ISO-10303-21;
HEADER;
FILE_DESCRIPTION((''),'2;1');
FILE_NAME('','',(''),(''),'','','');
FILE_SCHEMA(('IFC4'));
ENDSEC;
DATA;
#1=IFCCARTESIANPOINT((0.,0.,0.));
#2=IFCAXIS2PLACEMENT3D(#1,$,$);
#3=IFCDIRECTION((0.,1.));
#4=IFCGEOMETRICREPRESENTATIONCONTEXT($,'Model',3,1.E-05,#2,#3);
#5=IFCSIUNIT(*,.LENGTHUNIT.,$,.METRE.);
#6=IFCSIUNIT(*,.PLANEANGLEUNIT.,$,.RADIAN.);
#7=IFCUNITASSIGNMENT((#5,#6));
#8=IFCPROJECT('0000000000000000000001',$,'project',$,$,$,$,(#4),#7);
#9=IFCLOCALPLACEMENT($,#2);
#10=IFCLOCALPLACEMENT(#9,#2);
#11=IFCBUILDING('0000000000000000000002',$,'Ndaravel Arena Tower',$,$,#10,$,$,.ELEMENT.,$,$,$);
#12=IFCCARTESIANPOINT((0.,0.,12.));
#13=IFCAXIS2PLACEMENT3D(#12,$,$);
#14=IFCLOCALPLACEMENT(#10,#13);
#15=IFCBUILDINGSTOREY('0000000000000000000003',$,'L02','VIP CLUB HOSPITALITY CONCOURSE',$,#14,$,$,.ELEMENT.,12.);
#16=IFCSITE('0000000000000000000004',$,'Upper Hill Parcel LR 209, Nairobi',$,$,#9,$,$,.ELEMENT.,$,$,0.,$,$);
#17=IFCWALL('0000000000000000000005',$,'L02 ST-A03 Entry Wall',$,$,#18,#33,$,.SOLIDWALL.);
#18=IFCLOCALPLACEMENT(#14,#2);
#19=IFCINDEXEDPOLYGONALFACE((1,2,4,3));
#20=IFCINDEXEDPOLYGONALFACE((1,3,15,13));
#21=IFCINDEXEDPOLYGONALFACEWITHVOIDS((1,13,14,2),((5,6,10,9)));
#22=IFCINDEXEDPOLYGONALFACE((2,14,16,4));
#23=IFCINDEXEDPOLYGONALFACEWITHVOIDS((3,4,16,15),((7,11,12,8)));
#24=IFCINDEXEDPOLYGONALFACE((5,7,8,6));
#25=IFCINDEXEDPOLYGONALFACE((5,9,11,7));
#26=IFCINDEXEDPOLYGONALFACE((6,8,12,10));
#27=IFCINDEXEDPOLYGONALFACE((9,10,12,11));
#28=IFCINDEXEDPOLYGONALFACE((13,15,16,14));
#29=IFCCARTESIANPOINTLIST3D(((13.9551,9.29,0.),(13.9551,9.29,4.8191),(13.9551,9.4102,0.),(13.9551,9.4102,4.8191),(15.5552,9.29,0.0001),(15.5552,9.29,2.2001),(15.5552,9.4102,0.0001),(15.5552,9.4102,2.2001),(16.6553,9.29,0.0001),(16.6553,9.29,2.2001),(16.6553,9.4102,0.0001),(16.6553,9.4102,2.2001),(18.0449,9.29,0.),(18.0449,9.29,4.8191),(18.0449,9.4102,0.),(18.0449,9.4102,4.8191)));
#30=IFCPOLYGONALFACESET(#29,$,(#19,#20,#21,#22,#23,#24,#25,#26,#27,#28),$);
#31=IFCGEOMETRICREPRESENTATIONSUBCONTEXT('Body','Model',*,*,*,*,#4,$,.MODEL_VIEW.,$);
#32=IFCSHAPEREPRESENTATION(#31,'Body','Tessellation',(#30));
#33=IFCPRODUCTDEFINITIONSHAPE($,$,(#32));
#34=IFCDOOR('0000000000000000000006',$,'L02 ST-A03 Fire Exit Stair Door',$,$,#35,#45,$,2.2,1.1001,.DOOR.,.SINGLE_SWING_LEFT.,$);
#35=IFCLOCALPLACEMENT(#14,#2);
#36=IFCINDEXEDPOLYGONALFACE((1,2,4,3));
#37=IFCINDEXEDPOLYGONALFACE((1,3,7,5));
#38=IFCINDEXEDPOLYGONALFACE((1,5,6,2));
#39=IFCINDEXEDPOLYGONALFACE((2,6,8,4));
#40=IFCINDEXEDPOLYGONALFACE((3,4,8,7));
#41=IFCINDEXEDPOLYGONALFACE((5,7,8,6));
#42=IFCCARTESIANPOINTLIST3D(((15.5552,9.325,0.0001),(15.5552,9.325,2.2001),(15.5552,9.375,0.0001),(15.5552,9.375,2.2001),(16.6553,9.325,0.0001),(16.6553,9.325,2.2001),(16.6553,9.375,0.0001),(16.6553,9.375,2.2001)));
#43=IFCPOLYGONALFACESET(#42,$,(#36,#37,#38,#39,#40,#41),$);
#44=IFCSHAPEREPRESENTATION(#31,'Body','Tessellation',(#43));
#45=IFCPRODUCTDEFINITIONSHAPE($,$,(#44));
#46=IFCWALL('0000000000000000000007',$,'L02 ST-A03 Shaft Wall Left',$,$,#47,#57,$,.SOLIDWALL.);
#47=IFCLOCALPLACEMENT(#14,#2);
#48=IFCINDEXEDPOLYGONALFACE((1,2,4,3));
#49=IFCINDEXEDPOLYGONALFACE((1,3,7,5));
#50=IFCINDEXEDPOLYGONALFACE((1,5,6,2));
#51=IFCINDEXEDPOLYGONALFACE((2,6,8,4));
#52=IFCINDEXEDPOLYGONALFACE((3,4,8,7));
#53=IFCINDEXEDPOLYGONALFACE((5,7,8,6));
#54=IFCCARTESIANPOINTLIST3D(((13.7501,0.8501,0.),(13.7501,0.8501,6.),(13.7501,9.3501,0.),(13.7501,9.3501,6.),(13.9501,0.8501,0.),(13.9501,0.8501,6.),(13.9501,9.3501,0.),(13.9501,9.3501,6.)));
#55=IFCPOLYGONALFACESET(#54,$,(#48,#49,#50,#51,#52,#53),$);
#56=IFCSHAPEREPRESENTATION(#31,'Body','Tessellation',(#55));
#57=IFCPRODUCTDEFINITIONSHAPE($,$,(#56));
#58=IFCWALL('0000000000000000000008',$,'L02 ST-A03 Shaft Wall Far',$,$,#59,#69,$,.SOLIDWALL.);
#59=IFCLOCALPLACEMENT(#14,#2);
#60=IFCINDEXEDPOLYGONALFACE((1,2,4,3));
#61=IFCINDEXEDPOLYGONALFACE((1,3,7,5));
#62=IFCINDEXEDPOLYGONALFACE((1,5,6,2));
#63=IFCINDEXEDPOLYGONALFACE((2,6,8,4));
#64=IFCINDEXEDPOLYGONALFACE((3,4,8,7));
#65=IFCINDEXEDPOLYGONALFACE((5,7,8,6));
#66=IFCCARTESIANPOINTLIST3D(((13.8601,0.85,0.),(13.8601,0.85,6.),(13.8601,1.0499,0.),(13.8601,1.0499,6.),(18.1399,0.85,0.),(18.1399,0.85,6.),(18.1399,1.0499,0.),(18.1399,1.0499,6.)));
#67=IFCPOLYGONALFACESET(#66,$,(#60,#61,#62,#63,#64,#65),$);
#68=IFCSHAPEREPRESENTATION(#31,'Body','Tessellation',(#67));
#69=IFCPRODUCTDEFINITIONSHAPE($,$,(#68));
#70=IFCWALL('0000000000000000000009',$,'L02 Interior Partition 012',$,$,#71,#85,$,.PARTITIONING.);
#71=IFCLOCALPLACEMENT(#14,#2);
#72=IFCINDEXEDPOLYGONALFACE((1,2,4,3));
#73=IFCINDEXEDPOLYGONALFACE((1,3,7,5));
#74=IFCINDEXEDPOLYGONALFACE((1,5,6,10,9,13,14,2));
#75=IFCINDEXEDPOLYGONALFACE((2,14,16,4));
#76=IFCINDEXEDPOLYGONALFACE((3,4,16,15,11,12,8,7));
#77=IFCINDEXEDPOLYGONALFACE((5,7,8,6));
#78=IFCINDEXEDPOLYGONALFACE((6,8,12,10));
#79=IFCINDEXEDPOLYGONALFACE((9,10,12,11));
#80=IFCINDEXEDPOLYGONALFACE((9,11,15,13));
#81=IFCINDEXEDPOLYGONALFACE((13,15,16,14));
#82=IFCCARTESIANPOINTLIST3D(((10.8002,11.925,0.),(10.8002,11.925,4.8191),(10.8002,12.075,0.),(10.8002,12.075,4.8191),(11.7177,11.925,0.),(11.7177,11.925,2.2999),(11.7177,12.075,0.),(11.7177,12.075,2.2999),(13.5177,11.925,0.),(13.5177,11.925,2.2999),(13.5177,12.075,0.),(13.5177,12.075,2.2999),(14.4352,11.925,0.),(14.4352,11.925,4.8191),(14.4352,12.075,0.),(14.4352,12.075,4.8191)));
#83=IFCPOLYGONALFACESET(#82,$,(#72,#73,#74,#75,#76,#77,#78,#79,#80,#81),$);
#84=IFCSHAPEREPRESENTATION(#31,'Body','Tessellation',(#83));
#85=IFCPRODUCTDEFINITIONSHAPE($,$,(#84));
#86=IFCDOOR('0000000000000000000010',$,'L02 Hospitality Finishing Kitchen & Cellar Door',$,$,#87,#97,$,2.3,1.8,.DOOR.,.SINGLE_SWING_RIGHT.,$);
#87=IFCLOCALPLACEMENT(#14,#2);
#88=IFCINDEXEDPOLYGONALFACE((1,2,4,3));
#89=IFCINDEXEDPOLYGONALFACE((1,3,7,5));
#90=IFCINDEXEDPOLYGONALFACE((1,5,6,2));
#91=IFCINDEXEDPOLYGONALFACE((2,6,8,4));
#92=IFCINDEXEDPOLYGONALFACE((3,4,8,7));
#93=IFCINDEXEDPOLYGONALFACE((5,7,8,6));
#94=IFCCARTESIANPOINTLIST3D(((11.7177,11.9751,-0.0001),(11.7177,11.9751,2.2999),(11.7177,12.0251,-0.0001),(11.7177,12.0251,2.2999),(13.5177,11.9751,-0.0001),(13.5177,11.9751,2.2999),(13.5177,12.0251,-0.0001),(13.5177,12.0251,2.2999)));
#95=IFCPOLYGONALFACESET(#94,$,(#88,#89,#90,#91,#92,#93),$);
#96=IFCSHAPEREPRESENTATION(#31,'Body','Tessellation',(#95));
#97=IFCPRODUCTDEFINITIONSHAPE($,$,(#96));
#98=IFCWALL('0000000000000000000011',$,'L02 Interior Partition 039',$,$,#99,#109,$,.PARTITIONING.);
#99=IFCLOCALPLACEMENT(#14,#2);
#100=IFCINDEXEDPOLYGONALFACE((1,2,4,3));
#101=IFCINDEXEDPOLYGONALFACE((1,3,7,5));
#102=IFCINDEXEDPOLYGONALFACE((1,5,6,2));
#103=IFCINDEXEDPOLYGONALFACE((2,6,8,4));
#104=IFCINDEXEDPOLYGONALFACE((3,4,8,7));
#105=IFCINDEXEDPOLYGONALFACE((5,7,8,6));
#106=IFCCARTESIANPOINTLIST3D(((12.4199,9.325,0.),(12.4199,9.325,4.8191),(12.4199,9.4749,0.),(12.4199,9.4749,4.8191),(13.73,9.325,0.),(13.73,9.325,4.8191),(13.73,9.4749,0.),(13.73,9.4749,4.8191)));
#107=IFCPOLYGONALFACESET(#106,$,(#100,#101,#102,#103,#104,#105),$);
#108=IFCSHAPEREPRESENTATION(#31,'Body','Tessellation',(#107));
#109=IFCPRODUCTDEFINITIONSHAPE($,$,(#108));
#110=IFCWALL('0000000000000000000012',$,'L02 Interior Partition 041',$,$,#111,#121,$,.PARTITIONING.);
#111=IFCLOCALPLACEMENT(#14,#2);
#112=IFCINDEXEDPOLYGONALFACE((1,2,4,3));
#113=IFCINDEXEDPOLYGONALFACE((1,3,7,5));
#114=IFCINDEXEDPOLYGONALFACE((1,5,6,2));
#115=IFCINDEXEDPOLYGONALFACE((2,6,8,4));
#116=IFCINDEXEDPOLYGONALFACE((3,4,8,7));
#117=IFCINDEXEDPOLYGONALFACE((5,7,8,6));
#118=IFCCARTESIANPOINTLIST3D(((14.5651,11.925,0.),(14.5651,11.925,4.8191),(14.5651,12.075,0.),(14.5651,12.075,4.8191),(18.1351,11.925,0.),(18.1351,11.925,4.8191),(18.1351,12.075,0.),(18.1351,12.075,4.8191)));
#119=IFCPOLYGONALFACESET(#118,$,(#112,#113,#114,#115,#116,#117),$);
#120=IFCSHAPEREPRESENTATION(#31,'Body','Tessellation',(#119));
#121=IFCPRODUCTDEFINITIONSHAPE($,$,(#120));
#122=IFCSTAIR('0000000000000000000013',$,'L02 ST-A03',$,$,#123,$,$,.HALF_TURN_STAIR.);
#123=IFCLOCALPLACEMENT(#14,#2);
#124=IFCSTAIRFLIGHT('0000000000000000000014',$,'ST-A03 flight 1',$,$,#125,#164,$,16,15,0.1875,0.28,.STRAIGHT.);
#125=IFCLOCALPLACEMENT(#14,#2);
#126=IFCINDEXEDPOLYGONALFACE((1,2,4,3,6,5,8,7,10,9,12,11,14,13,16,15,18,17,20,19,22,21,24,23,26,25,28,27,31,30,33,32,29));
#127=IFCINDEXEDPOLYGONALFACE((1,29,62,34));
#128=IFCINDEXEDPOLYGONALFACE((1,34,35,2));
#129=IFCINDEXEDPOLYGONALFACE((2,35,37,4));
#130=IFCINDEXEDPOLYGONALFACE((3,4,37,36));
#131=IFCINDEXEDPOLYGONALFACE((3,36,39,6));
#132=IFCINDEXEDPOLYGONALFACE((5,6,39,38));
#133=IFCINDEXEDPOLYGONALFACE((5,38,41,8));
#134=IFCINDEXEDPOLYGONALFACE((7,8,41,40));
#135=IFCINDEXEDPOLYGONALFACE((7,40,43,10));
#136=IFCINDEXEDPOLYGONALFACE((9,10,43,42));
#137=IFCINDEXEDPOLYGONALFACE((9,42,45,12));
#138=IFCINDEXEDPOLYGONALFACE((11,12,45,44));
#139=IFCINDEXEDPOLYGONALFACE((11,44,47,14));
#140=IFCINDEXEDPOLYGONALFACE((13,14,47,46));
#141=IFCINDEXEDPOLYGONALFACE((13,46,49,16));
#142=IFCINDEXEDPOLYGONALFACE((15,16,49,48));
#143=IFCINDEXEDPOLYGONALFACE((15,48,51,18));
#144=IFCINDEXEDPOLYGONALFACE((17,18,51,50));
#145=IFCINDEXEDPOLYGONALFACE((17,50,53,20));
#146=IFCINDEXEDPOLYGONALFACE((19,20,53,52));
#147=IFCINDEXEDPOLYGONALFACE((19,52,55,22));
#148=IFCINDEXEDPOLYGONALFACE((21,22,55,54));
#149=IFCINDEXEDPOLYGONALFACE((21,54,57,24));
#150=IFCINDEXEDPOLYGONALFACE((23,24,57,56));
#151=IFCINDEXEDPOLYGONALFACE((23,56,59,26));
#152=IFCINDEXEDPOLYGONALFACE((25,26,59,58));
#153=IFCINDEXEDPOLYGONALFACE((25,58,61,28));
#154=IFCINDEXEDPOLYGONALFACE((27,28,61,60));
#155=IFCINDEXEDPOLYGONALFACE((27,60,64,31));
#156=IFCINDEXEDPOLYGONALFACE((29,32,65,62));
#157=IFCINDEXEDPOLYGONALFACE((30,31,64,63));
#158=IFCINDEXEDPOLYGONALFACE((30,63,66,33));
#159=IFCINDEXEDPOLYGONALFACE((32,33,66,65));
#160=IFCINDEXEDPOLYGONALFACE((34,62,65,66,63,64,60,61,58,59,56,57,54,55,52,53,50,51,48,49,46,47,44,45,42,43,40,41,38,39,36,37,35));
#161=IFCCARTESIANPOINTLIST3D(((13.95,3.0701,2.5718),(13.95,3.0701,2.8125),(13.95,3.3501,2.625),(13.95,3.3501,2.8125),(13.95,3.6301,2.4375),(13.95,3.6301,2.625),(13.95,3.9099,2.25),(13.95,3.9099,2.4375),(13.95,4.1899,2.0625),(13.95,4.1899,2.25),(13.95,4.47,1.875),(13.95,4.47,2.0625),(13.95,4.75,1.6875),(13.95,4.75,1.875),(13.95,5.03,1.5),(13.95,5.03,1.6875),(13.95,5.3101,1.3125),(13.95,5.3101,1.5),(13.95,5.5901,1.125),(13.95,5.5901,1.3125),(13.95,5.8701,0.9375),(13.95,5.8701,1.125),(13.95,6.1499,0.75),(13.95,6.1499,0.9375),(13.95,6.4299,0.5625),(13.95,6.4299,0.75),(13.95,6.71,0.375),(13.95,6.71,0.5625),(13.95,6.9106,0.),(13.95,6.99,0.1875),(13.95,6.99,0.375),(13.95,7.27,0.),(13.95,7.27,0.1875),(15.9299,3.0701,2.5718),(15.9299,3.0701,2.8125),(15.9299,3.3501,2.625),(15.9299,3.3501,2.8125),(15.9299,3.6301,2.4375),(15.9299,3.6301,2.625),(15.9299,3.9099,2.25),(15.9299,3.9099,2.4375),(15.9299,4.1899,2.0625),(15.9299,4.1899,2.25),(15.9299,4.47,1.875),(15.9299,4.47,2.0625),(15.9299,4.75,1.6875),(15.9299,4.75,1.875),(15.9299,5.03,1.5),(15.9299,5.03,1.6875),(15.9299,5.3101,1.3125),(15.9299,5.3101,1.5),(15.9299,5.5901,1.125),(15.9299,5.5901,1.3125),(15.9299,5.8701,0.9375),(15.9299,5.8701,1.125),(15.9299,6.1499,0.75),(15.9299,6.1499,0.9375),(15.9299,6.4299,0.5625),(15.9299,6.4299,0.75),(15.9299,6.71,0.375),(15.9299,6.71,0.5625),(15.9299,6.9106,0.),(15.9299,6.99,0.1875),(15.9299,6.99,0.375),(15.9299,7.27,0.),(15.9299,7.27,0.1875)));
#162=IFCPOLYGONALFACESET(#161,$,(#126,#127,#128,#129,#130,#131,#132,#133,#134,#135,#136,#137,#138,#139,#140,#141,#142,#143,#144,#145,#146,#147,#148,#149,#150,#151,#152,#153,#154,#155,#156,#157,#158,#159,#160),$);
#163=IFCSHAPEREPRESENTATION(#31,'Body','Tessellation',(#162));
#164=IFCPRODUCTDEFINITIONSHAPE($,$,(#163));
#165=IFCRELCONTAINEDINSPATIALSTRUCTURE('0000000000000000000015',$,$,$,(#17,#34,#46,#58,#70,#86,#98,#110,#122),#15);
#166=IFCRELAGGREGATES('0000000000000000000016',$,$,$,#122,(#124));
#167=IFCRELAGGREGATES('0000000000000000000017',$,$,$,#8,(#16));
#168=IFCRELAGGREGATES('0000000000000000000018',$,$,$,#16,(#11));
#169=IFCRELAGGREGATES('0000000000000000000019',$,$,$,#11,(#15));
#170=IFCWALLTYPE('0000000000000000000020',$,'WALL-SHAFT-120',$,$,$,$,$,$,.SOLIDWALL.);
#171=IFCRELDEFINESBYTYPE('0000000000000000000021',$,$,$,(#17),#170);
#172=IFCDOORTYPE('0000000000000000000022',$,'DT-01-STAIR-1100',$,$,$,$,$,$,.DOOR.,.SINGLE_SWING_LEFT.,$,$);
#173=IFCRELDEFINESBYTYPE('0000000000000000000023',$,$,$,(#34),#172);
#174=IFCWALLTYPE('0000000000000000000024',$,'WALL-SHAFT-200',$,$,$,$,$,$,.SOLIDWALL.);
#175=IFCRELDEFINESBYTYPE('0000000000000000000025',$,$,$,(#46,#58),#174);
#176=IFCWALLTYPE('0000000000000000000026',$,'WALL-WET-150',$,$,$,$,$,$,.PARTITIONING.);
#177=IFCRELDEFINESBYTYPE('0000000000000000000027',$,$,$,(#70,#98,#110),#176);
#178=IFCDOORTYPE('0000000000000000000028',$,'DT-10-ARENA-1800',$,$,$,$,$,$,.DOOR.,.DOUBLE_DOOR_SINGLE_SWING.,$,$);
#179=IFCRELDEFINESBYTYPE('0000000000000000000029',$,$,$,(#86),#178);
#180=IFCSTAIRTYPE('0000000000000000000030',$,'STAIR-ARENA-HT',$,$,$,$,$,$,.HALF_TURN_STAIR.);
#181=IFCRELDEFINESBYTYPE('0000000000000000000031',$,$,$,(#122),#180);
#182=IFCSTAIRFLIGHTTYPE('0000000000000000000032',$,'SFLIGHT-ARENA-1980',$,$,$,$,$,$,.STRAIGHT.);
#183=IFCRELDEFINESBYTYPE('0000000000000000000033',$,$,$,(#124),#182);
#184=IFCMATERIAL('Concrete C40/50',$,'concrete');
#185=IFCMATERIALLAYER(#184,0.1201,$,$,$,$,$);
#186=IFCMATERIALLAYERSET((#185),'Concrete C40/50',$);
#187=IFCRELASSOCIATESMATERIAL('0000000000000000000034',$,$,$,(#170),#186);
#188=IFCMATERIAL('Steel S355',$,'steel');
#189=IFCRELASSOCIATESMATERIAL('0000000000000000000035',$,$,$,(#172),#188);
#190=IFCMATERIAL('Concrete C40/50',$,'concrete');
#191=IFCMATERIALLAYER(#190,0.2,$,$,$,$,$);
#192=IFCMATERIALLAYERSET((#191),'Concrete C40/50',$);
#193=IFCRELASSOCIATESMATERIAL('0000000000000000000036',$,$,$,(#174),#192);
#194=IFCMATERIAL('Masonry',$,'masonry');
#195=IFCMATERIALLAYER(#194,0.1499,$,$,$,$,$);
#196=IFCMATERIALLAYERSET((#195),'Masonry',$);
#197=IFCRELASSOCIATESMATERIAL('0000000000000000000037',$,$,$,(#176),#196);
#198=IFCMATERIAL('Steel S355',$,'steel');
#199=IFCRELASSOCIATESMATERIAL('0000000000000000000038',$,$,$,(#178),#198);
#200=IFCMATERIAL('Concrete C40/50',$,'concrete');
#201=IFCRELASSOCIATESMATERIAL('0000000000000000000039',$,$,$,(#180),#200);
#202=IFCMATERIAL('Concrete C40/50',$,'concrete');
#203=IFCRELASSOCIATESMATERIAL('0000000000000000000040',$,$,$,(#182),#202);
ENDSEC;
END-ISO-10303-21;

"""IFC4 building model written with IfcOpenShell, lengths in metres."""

from ifc_helpers import new_model, si_unit, direction, frame, frame_2d, origin, place, context, subcontext, project, spatial, polyline, rectangle, outline, extrude, material, layer, layer_set, type_object, element, fill, aggregate, save


model = new_model("IFC4")

# Units and contexts
model_context = context("Model", 3, precision=1e-05, world=origin(), true_north=direction((0.0, 1.0)))
body_context = subcontext(model_context, "Body", "Model", "MODEL_VIEW")
ifc_project = project(units=[si_unit("LENGTHUNIT", "METRE"), si_unit("PLANEANGLEUNIT", "RADIAN")], contexts=[model_context])

# Site, building, storey
site_placement = place(None, origin())
site = spatial("IfcSite", under=ifc_project, at=site_placement, Name="Upper Hill Parcel LR 209, Nairobi", CompositionType="ELEMENT", RefElevation=0.0)
building_placement = place(site_placement, origin())
building = spatial("IfcBuilding", under=site, at=building_placement, Name="Ndaravel Arena Tower", CompositionType="ELEMENT")
storey_placement = place(building_placement, frame((0.0, 0.0, 12.0)))
storey = spatial("IfcBuildingStorey", under=building, at=storey_placement, Name="L02", Description="VIP CLUB HOSPITALITY CONCOURSE", CompositionType="ELEMENT", Elevation=12.0)

# Wall, opening, door
ifc_material_1 = material(Name="Concrete C40/50", Category="concrete")
ifc_layer_1 = layer(ifc_material_1, 0.1201)
ifc_layer_set_1 = layer_set([ifc_layer_1], Name="Concrete C40/50")
wall_type_1 = type_object("IfcWallType", Name="WALL-SHAFT-120", PredefinedType="SOLIDWALL", material=ifc_layer_set_1)
wall_1_placement = place(storey_placement, frame((13.9551, 9.3501, 0.0), z_axis=(0.0, 0.0, 1.0), x_axis=(1.0, 0.0, 0.0)))
wall_1 = element("IfcWall", 1, at=wall_1_placement, inside=storey, type_object=wall_type_1, Name="L02 ST-A03 Entry Wall", PredefinedType="SOLIDWALL", context=body_context, shape_type="SweptSolid", body=[
    extrude(rectangle(XDim=4.0898, YDim=0.1201, at=frame_2d((2.0449, 0.0))), origin(), (0.0, 0.0, 1.0), 4.8191),
])
opening_1_placement = place(wall_1_placement, frame((1.6001, 0.0, 0.0)))
opening_1 = element("IfcOpeningElement", 2, at=opening_1_placement, cuts=wall_1, PredefinedType="OPENING", context=body_context, shape_type="SweptSolid", body=[
    extrude(rectangle(XDim=1.1001, YDim=2.2, at=frame_2d((0.55, 1.1001))), frame((0.0, 0.0601, 0.0), z_axis=(0.0, -1.0, 0.0), x_axis=(1.0, 0.0, 0.0)), (0.0, 0.0, 1.0), 0.1201),
])
ifc_material_2 = material(Name="Steel S355", Category="steel")
door_type_1 = type_object("IfcDoorType", Name="DT-01-STAIR-1100", OperationType="SINGLE_SWING_LEFT", PredefinedType="DOOR", material=ifc_material_2)
door_1_placement = place(opening_1_placement, origin())
door_1 = element("IfcDoor", 3, at=door_1_placement, inside=storey, type_object=door_type_1, Name="L02 ST-A03 Fire Exit Stair Door", OperationType="SINGLE_SWING_LEFT", OverallHeight=2.2, OverallWidth=1.1001, PredefinedType="DOOR", context=body_context, shape_type="SweptSolid", body=[
    extrude(rectangle(XDim=1.1001, YDim=2.2, at=frame_2d((0.55, 1.1001))), frame((0.0, 0.0249, 0.0), z_axis=(0.0, -1.0, 0.0), x_axis=(1.0, 0.0, 0.0)), (0.0, 0.0, 1.0), 0.05),
])
fill(opening_1, door_1)

# Walls
ifc_material_3 = material(Name="Concrete C40/50", Category="concrete")
ifc_layer_2 = layer(ifc_material_3, 0.2)
ifc_layer_set_2 = layer_set([ifc_layer_2], Name="Concrete C40/50")
wall_type_2 = type_object("IfcWallType", Name="WALL-SHAFT-200", PredefinedType="SOLIDWALL", material=ifc_layer_set_2)
wall_2_placement = place(storey_placement, frame((13.8501, 9.3501, 0.0), z_axis=(0.0, 0.0, 1.0), x_axis=(0.0, -1.0, 0.0)))
element("IfcWall", 4, at=wall_2_placement, inside=storey, type_object=wall_type_2, Name="L02 ST-A03 Shaft Wall Left", PredefinedType="SOLIDWALL", context=body_context, shape_type="SweptSolid", body=[
    extrude(rectangle(XDim=8.5, YDim=0.2, at=frame_2d((4.25, 0.0))), origin(), (0.0, 0.0, 1.0), 6.0),
])
wall_3_placement = place(storey_placement, frame((13.8601, 0.95, 0.0), z_axis=(0.0, 0.0, 1.0), x_axis=(1.0, 0.0, 0.0)))
element("IfcWall", 5, at=wall_3_placement, inside=storey, type_object=wall_type_2, Name="L02 ST-A03 Shaft Wall Far", PredefinedType="SOLIDWALL", context=body_context, shape_type="SweptSolid", body=[
    extrude(rectangle(XDim=4.2798, YDim=0.2, at=frame_2d((2.1399, 0.0))), origin(), (0.0, 0.0, 1.0), 6.0),
])

# Wall, opening, door
ifc_material_4 = material(Name="Masonry", Category="masonry")
ifc_layer_3 = layer(ifc_material_4, 0.1499)
ifc_layer_set_3 = layer_set([ifc_layer_3], Name="Masonry")
wall_type_3 = type_object("IfcWallType", Name="WALL-WET-150", PredefinedType="PARTITIONING", material=ifc_layer_set_3)
wall_4_placement = place(storey_placement, frame((14.4351, 12.0, 0.0), z_axis=(0.0, 0.0, 1.0), x_axis=(-1.0, 0.0, 0.0)))
wall_4 = element("IfcWall", 6, at=wall_4_placement, inside=storey, type_object=wall_type_3, Name="L02 Interior Partition 012", PredefinedType="PARTITIONING", context=body_context, shape_type="SweptSolid", body=[
    extrude(rectangle(XDim=3.635, YDim=0.1499, at=frame_2d((1.8174, 0.0))), origin(), (0.0, 0.0, 1.0), 4.8191),
])
opening_2_placement = place(wall_4_placement, frame((0.9175, 0.0, 0.0)))
opening_2 = element("IfcOpeningElement", 7, at=opening_2_placement, cuts=wall_4, PredefinedType="OPENING", context=body_context, shape_type="SweptSolid", body=[
    extrude(rectangle(XDim=1.8, YDim=2.3, at=frame_2d((0.8999, 1.1499))), frame((0.0, 0.075, 0.0), z_axis=(0.0, -1.0, 0.0), x_axis=(1.0, 0.0, 0.0)), (0.0, 0.0, 1.0), 0.1499),
])
ifc_material_5 = material(Name="Steel S355", Category="steel")
door_type_2 = type_object("IfcDoorType", Name="DT-10-ARENA-1800", OperationType="DOUBLE_DOOR_SINGLE_SWING", PredefinedType="DOOR", material=ifc_material_5)
door_2_placement = place(opening_2_placement, origin())
door_2 = element("IfcDoor", 8, at=door_2_placement, inside=storey, type_object=door_type_2, Name="L02 Hospitality Finishing Kitchen & Cellar Door", OperationType="SINGLE_SWING_RIGHT", OverallHeight=2.3, OverallWidth=1.8, PredefinedType="DOOR", context=body_context, shape_type="SweptSolid", body=[
    extrude(rectangle(XDim=1.8, YDim=2.3, at=frame_2d((0.8999, 1.1499))), frame((0.0, 0.0249, 0.0), z_axis=(0.0, -1.0, 0.0), x_axis=(1.0, 0.0, 0.0)), (0.0, 0.0, 1.0), 0.05),
])
fill(opening_2, door_2)

# Walls
wall_5_placement = place(storey_placement, frame((13.73, 9.3999, 0.0), z_axis=(0.0, 0.0, 1.0), x_axis=(-1.0, 0.0, 0.0)))
element("IfcWall", 9, at=wall_5_placement, inside=storey, type_object=wall_type_3, Name="L02 Interior Partition 039", PredefinedType="PARTITIONING", context=body_context, shape_type="SweptSolid", body=[
    extrude(rectangle(XDim=1.3101, YDim=0.1499, at=frame_2d((0.655, 0.0))), origin(), (0.0, 0.0, 1.0), 4.8191),
])
wall_6_placement = place(storey_placement, frame((14.5649, 12.0, 0.0), z_axis=(0.0, 0.0, 1.0), x_axis=(1.0, 0.0, 0.0)))
element("IfcWall", 10, at=wall_6_placement, inside=storey, type_object=wall_type_3, Name="L02 Interior Partition 041", PredefinedType="PARTITIONING", context=body_context, shape_type="SweptSolid", body=[
    extrude(rectangle(XDim=3.5701, YDim=0.1499, at=frame_2d((1.7852, 0.0))), origin(), (0.0, 0.0, 1.0), 4.8191),
])

# Stair, stair flight
ifc_material_6 = material(Name="Concrete C40/50", Category="concrete")
stair_type = type_object("IfcStairType", Name="STAIR-ARENA-HT", PredefinedType="HALF_TURN_STAIR", material=ifc_material_6)
stair_placement = place(storey_placement, origin())
stair = element("IfcStair", 11, at=stair_placement, inside=storey, type_object=stair_type, Name="L02 ST-A03", PredefinedType="HALF_TURN_STAIR")
ifc_material_7 = material(Name="Concrete C40/50", Category="concrete")
stair_flight_type = type_object("IfcStairFlightType", Name="SFLIGHT-ARENA-1980", PredefinedType="STRAIGHT", material=ifc_material_7)
stair_flight_1_placement = place(storey_placement, frame((14.9399, 7.27, 0.0), z_axis=(0.0, 0.0, 1.0), x_axis=(0.0, -1.0, 0.0)))
stair_flight_1 = element("IfcStairFlight", 12, at=stair_flight_1_placement, type_object=stair_flight_type, Name="ST-A03 flight 1", NumberOfRisers=16, NumberOfTreads=15, PredefinedType="STRAIGHT", RiserHeight=0.1875, TreadLength=0.28, context=body_context, shape_type="SweptSolid", body=[
    extrude(outline(polyline([(0.0, 0.0), (0.0, 0.1875), (0.28, 0.1875), (0.28, 0.375), (0.5601, 0.375), (0.5601, 0.5625), (0.8401, 0.5625), (0.8401, 0.75), (1.1201, 0.75), (1.1201, 0.9375), (1.3999, 0.9375), (1.3999, 1.125), (1.6799, 1.125), (1.6799, 1.3125), (1.96, 1.3125), (1.96, 1.5), (2.24, 1.5), (2.24, 1.6875), (2.52, 1.6875), (2.52, 1.875), (2.8, 1.875), (2.8, 2.0625), (3.0801, 2.0625), (3.0801, 2.25), (3.3601, 2.25), (3.3601, 2.4375), (3.6399, 2.4375), (3.6399, 2.625), (3.9199, 2.625), (3.9199, 2.8125), (4.2, 2.8125), (4.2, 3.0), (4.2, 2.5718), (0.3594, 0.0), (0.0, 0.0)])), frame((0.0, 0.99, 0.0), z_axis=(0.0, -1.0, 0.0), x_axis=(1.0, 0.0, 0.0)), (0.0, 0.0, 1.0), 1.98),
])
aggregate(stair, [stair_flight_1])

save(model, "model.ifc")
